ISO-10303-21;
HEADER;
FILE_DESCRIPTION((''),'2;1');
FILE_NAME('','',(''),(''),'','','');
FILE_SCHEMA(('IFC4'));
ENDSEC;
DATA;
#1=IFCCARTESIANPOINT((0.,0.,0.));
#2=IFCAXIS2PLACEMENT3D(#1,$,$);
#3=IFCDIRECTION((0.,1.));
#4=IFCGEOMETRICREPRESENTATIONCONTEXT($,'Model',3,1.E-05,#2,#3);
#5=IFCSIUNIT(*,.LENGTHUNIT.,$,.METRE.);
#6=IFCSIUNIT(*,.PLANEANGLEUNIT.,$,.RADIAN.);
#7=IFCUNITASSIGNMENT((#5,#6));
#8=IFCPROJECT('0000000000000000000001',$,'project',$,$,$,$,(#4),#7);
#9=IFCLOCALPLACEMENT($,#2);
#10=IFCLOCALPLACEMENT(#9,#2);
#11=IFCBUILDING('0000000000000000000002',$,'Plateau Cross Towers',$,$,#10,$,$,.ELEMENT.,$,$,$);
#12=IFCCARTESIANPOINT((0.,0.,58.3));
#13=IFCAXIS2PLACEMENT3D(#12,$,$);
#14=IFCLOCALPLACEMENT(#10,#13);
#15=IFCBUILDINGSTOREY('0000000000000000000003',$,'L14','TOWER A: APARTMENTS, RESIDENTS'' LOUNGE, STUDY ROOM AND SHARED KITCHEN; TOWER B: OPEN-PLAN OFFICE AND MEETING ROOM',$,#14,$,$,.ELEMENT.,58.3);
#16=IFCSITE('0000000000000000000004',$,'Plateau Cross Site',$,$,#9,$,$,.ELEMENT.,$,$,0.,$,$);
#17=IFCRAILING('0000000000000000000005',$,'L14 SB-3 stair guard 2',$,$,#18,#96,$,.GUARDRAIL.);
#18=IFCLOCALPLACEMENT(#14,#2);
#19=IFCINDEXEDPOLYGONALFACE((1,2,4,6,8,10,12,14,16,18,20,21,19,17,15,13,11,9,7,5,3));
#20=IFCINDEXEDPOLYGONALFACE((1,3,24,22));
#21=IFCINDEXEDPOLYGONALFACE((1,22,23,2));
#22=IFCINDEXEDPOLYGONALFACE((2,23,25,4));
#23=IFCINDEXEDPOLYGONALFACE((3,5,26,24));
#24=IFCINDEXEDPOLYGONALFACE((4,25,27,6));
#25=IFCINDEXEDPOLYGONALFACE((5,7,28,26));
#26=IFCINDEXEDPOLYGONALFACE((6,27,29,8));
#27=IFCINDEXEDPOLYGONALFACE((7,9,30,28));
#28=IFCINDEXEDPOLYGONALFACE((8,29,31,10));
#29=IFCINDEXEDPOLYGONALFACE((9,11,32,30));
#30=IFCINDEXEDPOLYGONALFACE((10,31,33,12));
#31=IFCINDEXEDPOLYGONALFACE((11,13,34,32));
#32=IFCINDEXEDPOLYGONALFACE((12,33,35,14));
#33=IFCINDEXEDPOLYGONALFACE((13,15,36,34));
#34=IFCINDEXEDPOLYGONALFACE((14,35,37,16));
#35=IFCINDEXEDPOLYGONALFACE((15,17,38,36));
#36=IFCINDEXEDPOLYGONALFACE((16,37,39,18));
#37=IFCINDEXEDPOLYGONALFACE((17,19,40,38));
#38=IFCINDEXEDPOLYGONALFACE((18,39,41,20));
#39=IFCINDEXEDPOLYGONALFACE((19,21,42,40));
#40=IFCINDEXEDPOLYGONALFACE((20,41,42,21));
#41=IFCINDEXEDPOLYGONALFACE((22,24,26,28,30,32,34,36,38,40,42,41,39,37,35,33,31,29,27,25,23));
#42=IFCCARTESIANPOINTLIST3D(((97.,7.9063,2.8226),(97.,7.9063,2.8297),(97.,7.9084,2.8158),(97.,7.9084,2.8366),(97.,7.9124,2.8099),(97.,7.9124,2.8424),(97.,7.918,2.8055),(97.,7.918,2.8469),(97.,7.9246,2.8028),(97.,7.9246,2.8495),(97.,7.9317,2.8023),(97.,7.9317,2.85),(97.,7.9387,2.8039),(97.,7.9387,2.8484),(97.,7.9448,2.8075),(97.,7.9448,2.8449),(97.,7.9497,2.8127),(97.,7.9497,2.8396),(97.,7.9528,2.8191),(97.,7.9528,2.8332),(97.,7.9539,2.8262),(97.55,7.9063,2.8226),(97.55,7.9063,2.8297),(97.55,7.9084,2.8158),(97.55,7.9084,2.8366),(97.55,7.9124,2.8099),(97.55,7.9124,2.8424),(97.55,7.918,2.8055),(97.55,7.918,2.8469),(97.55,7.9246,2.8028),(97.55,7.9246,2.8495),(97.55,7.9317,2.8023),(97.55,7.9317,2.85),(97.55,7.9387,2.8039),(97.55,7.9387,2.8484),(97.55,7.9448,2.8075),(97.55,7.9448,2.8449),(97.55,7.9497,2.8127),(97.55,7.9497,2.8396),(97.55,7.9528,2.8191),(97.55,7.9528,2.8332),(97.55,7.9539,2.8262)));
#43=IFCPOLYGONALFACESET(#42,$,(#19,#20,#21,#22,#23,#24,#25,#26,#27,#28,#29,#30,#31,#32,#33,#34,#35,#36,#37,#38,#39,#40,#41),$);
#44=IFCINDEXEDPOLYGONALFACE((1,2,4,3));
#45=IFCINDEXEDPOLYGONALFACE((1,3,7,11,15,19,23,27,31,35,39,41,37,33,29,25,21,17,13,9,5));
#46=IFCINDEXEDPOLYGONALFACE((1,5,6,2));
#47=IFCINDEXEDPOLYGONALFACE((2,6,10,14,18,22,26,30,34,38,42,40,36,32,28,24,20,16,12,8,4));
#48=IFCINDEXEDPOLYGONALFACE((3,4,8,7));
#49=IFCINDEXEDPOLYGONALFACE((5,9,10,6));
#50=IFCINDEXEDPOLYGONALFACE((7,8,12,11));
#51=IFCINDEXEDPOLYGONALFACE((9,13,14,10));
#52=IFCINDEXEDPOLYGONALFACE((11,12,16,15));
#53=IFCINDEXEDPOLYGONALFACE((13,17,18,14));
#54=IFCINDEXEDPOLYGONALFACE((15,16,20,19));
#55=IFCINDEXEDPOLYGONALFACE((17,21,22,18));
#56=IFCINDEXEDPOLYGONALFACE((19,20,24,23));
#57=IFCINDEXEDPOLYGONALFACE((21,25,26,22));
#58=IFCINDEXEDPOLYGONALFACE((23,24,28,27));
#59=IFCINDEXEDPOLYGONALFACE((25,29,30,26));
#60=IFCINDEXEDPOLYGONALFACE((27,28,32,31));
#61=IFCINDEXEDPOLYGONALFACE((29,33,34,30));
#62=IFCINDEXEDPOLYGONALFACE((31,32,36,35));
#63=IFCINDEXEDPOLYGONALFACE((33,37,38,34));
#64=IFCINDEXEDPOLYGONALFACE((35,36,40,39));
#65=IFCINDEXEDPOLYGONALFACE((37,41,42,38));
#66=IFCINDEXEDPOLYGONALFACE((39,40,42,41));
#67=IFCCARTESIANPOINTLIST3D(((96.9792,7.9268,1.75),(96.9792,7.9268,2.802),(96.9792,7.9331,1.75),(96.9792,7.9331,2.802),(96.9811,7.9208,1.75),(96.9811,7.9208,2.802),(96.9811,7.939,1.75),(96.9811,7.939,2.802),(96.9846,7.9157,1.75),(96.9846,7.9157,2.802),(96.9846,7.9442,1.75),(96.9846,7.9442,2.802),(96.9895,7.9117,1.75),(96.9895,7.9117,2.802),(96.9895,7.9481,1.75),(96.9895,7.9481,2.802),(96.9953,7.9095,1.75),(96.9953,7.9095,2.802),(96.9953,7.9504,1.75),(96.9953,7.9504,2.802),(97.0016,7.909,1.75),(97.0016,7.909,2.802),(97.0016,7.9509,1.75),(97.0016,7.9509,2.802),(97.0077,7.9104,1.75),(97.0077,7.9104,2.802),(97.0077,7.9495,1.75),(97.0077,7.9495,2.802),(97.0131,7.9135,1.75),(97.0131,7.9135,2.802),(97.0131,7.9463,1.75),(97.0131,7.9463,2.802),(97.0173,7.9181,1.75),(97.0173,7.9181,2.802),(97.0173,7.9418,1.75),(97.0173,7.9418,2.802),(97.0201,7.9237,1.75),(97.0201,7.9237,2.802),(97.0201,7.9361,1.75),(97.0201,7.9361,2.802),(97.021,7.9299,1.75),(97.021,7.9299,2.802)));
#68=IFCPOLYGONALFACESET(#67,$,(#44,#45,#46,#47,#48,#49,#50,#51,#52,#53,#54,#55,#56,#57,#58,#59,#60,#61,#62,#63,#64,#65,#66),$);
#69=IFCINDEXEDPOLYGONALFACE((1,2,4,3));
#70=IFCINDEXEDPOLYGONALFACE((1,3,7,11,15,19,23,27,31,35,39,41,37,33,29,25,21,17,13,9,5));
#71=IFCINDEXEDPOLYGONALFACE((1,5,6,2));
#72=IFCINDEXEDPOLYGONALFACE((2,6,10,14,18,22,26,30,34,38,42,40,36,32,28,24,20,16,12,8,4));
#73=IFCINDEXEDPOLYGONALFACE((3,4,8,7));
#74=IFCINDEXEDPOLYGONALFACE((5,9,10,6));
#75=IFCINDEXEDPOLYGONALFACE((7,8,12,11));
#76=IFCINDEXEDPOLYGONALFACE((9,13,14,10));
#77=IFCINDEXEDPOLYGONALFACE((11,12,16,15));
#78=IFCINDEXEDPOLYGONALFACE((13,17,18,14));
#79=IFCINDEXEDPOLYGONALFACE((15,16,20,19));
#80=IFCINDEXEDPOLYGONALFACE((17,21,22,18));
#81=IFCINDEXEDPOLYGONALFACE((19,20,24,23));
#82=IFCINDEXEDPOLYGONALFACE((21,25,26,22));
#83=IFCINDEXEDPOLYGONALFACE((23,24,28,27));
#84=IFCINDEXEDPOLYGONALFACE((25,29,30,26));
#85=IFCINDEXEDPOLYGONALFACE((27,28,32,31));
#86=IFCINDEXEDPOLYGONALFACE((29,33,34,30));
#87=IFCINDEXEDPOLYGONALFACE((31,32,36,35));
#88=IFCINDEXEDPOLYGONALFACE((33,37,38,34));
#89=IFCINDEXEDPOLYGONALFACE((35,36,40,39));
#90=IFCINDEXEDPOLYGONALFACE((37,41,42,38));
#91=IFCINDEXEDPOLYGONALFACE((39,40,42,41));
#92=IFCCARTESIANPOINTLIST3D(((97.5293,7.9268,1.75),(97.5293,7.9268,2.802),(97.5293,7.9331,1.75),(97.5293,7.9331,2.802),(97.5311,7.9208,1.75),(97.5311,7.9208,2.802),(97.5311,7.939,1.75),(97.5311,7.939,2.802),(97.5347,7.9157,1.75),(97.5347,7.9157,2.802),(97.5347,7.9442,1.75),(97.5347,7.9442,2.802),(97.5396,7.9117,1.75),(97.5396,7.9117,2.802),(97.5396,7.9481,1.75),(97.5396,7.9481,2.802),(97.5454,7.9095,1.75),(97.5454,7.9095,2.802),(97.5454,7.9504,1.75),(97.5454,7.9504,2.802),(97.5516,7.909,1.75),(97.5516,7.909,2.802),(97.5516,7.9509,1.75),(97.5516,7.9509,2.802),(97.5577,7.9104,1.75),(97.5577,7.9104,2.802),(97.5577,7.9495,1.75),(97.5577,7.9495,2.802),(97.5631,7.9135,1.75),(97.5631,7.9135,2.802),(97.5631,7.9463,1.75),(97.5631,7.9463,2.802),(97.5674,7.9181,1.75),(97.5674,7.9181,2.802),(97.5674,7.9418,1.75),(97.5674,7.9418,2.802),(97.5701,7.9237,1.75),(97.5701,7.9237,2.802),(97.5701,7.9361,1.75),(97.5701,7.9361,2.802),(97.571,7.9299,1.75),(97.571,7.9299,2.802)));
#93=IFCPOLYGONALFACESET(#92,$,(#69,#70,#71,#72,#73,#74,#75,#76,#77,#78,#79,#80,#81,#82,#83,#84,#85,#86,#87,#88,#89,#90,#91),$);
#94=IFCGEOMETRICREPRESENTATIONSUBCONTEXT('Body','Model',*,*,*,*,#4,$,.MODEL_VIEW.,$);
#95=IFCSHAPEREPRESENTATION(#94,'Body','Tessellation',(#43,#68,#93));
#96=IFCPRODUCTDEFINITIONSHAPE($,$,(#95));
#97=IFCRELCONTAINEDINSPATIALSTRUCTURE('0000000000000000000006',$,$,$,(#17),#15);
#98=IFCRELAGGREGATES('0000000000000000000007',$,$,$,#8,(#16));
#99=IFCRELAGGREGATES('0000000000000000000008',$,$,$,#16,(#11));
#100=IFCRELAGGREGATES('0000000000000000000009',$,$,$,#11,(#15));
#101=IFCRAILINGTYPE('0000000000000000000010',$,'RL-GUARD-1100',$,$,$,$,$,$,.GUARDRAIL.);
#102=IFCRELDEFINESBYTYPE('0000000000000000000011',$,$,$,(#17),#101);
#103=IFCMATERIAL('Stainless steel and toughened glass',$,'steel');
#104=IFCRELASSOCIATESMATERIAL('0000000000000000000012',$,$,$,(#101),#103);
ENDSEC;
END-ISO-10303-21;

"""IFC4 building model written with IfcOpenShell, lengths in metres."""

from ifc_helpers import new_model, si_unit, direction, frame, origin, origin_2d, place, context, subcontext, project, spatial, circle, extrude, material, type_object, element, save


model = new_model("IFC4")

# Units and contexts
model_context = context("Model", 3, precision=1e-05, world=origin(), true_north=direction((0.0, 1.0)))
body_context = subcontext(model_context, "Body", "Model", "MODEL_VIEW")
ifc_project = project(units=[si_unit("LENGTHUNIT", "METRE"), si_unit("PLANEANGLEUNIT", "RADIAN")], contexts=[model_context])

# Site, building, storey
site_placement = place(None, origin())
site = spatial("IfcSite", under=ifc_project, at=site_placement, Name="Plateau Cross Site", CompositionType="ELEMENT", RefElevation=0.0)
building_placement = place(site_placement, origin())
building = spatial("IfcBuilding", under=site, at=building_placement, Name="Plateau Cross Towers", CompositionType="ELEMENT")
storey_placement = place(building_placement, frame((0.0, 0.0, 58.3)))
storey = spatial("IfcBuildingStorey", under=building, at=storey_placement, Name="L14", Description="TOWER A: APARTMENTS, RESIDENTS' LOUNGE, STUDY ROOM AND SHARED KITCHEN; TOWER B: OPEN-PLAN OFFICE AND MEETING ROOM", CompositionType="ELEMENT", Elevation=58.3)

# Railing
ifc_material_1 = material(Name="Stainless steel and toughened glass", Category="steel")
railing_type_1 = type_object("IfcRailingType", Name="RL-GUARD-1100", PredefinedType="GUARDRAIL", material=ifc_material_1)
railing_1_placement = place(storey_placement, frame((97.0, 7.9299, 1.75)))
element("IfcRailing", 1, at=railing_1_placement, inside=storey, type_object=railing_type_1, Name="L14 SB-3 stair guard 2", PredefinedType="GUARDRAIL", context=body_context, shape_type="SweptSolid", body=[
    extrude(circle(Radius=0.0239, at=origin_2d()), frame((0.0, 0.0, 1.0762), z_axis=(1.0, 0.0, 0.0), x_axis=(0.0, 1.0, 0.0)), (0.0, 0.0, 1.0), 0.55),
    extrude(circle(Radius=0.021, at=origin_2d()), origin(), (0.0, 0.0, 1.0), 1.052),
    extrude(circle(Radius=0.021, at=origin_2d()), frame((0.55, 0.0, 0.0)), (0.0, 0.0, 1.0), 1.052),
])

save(model, "model.ifc")
